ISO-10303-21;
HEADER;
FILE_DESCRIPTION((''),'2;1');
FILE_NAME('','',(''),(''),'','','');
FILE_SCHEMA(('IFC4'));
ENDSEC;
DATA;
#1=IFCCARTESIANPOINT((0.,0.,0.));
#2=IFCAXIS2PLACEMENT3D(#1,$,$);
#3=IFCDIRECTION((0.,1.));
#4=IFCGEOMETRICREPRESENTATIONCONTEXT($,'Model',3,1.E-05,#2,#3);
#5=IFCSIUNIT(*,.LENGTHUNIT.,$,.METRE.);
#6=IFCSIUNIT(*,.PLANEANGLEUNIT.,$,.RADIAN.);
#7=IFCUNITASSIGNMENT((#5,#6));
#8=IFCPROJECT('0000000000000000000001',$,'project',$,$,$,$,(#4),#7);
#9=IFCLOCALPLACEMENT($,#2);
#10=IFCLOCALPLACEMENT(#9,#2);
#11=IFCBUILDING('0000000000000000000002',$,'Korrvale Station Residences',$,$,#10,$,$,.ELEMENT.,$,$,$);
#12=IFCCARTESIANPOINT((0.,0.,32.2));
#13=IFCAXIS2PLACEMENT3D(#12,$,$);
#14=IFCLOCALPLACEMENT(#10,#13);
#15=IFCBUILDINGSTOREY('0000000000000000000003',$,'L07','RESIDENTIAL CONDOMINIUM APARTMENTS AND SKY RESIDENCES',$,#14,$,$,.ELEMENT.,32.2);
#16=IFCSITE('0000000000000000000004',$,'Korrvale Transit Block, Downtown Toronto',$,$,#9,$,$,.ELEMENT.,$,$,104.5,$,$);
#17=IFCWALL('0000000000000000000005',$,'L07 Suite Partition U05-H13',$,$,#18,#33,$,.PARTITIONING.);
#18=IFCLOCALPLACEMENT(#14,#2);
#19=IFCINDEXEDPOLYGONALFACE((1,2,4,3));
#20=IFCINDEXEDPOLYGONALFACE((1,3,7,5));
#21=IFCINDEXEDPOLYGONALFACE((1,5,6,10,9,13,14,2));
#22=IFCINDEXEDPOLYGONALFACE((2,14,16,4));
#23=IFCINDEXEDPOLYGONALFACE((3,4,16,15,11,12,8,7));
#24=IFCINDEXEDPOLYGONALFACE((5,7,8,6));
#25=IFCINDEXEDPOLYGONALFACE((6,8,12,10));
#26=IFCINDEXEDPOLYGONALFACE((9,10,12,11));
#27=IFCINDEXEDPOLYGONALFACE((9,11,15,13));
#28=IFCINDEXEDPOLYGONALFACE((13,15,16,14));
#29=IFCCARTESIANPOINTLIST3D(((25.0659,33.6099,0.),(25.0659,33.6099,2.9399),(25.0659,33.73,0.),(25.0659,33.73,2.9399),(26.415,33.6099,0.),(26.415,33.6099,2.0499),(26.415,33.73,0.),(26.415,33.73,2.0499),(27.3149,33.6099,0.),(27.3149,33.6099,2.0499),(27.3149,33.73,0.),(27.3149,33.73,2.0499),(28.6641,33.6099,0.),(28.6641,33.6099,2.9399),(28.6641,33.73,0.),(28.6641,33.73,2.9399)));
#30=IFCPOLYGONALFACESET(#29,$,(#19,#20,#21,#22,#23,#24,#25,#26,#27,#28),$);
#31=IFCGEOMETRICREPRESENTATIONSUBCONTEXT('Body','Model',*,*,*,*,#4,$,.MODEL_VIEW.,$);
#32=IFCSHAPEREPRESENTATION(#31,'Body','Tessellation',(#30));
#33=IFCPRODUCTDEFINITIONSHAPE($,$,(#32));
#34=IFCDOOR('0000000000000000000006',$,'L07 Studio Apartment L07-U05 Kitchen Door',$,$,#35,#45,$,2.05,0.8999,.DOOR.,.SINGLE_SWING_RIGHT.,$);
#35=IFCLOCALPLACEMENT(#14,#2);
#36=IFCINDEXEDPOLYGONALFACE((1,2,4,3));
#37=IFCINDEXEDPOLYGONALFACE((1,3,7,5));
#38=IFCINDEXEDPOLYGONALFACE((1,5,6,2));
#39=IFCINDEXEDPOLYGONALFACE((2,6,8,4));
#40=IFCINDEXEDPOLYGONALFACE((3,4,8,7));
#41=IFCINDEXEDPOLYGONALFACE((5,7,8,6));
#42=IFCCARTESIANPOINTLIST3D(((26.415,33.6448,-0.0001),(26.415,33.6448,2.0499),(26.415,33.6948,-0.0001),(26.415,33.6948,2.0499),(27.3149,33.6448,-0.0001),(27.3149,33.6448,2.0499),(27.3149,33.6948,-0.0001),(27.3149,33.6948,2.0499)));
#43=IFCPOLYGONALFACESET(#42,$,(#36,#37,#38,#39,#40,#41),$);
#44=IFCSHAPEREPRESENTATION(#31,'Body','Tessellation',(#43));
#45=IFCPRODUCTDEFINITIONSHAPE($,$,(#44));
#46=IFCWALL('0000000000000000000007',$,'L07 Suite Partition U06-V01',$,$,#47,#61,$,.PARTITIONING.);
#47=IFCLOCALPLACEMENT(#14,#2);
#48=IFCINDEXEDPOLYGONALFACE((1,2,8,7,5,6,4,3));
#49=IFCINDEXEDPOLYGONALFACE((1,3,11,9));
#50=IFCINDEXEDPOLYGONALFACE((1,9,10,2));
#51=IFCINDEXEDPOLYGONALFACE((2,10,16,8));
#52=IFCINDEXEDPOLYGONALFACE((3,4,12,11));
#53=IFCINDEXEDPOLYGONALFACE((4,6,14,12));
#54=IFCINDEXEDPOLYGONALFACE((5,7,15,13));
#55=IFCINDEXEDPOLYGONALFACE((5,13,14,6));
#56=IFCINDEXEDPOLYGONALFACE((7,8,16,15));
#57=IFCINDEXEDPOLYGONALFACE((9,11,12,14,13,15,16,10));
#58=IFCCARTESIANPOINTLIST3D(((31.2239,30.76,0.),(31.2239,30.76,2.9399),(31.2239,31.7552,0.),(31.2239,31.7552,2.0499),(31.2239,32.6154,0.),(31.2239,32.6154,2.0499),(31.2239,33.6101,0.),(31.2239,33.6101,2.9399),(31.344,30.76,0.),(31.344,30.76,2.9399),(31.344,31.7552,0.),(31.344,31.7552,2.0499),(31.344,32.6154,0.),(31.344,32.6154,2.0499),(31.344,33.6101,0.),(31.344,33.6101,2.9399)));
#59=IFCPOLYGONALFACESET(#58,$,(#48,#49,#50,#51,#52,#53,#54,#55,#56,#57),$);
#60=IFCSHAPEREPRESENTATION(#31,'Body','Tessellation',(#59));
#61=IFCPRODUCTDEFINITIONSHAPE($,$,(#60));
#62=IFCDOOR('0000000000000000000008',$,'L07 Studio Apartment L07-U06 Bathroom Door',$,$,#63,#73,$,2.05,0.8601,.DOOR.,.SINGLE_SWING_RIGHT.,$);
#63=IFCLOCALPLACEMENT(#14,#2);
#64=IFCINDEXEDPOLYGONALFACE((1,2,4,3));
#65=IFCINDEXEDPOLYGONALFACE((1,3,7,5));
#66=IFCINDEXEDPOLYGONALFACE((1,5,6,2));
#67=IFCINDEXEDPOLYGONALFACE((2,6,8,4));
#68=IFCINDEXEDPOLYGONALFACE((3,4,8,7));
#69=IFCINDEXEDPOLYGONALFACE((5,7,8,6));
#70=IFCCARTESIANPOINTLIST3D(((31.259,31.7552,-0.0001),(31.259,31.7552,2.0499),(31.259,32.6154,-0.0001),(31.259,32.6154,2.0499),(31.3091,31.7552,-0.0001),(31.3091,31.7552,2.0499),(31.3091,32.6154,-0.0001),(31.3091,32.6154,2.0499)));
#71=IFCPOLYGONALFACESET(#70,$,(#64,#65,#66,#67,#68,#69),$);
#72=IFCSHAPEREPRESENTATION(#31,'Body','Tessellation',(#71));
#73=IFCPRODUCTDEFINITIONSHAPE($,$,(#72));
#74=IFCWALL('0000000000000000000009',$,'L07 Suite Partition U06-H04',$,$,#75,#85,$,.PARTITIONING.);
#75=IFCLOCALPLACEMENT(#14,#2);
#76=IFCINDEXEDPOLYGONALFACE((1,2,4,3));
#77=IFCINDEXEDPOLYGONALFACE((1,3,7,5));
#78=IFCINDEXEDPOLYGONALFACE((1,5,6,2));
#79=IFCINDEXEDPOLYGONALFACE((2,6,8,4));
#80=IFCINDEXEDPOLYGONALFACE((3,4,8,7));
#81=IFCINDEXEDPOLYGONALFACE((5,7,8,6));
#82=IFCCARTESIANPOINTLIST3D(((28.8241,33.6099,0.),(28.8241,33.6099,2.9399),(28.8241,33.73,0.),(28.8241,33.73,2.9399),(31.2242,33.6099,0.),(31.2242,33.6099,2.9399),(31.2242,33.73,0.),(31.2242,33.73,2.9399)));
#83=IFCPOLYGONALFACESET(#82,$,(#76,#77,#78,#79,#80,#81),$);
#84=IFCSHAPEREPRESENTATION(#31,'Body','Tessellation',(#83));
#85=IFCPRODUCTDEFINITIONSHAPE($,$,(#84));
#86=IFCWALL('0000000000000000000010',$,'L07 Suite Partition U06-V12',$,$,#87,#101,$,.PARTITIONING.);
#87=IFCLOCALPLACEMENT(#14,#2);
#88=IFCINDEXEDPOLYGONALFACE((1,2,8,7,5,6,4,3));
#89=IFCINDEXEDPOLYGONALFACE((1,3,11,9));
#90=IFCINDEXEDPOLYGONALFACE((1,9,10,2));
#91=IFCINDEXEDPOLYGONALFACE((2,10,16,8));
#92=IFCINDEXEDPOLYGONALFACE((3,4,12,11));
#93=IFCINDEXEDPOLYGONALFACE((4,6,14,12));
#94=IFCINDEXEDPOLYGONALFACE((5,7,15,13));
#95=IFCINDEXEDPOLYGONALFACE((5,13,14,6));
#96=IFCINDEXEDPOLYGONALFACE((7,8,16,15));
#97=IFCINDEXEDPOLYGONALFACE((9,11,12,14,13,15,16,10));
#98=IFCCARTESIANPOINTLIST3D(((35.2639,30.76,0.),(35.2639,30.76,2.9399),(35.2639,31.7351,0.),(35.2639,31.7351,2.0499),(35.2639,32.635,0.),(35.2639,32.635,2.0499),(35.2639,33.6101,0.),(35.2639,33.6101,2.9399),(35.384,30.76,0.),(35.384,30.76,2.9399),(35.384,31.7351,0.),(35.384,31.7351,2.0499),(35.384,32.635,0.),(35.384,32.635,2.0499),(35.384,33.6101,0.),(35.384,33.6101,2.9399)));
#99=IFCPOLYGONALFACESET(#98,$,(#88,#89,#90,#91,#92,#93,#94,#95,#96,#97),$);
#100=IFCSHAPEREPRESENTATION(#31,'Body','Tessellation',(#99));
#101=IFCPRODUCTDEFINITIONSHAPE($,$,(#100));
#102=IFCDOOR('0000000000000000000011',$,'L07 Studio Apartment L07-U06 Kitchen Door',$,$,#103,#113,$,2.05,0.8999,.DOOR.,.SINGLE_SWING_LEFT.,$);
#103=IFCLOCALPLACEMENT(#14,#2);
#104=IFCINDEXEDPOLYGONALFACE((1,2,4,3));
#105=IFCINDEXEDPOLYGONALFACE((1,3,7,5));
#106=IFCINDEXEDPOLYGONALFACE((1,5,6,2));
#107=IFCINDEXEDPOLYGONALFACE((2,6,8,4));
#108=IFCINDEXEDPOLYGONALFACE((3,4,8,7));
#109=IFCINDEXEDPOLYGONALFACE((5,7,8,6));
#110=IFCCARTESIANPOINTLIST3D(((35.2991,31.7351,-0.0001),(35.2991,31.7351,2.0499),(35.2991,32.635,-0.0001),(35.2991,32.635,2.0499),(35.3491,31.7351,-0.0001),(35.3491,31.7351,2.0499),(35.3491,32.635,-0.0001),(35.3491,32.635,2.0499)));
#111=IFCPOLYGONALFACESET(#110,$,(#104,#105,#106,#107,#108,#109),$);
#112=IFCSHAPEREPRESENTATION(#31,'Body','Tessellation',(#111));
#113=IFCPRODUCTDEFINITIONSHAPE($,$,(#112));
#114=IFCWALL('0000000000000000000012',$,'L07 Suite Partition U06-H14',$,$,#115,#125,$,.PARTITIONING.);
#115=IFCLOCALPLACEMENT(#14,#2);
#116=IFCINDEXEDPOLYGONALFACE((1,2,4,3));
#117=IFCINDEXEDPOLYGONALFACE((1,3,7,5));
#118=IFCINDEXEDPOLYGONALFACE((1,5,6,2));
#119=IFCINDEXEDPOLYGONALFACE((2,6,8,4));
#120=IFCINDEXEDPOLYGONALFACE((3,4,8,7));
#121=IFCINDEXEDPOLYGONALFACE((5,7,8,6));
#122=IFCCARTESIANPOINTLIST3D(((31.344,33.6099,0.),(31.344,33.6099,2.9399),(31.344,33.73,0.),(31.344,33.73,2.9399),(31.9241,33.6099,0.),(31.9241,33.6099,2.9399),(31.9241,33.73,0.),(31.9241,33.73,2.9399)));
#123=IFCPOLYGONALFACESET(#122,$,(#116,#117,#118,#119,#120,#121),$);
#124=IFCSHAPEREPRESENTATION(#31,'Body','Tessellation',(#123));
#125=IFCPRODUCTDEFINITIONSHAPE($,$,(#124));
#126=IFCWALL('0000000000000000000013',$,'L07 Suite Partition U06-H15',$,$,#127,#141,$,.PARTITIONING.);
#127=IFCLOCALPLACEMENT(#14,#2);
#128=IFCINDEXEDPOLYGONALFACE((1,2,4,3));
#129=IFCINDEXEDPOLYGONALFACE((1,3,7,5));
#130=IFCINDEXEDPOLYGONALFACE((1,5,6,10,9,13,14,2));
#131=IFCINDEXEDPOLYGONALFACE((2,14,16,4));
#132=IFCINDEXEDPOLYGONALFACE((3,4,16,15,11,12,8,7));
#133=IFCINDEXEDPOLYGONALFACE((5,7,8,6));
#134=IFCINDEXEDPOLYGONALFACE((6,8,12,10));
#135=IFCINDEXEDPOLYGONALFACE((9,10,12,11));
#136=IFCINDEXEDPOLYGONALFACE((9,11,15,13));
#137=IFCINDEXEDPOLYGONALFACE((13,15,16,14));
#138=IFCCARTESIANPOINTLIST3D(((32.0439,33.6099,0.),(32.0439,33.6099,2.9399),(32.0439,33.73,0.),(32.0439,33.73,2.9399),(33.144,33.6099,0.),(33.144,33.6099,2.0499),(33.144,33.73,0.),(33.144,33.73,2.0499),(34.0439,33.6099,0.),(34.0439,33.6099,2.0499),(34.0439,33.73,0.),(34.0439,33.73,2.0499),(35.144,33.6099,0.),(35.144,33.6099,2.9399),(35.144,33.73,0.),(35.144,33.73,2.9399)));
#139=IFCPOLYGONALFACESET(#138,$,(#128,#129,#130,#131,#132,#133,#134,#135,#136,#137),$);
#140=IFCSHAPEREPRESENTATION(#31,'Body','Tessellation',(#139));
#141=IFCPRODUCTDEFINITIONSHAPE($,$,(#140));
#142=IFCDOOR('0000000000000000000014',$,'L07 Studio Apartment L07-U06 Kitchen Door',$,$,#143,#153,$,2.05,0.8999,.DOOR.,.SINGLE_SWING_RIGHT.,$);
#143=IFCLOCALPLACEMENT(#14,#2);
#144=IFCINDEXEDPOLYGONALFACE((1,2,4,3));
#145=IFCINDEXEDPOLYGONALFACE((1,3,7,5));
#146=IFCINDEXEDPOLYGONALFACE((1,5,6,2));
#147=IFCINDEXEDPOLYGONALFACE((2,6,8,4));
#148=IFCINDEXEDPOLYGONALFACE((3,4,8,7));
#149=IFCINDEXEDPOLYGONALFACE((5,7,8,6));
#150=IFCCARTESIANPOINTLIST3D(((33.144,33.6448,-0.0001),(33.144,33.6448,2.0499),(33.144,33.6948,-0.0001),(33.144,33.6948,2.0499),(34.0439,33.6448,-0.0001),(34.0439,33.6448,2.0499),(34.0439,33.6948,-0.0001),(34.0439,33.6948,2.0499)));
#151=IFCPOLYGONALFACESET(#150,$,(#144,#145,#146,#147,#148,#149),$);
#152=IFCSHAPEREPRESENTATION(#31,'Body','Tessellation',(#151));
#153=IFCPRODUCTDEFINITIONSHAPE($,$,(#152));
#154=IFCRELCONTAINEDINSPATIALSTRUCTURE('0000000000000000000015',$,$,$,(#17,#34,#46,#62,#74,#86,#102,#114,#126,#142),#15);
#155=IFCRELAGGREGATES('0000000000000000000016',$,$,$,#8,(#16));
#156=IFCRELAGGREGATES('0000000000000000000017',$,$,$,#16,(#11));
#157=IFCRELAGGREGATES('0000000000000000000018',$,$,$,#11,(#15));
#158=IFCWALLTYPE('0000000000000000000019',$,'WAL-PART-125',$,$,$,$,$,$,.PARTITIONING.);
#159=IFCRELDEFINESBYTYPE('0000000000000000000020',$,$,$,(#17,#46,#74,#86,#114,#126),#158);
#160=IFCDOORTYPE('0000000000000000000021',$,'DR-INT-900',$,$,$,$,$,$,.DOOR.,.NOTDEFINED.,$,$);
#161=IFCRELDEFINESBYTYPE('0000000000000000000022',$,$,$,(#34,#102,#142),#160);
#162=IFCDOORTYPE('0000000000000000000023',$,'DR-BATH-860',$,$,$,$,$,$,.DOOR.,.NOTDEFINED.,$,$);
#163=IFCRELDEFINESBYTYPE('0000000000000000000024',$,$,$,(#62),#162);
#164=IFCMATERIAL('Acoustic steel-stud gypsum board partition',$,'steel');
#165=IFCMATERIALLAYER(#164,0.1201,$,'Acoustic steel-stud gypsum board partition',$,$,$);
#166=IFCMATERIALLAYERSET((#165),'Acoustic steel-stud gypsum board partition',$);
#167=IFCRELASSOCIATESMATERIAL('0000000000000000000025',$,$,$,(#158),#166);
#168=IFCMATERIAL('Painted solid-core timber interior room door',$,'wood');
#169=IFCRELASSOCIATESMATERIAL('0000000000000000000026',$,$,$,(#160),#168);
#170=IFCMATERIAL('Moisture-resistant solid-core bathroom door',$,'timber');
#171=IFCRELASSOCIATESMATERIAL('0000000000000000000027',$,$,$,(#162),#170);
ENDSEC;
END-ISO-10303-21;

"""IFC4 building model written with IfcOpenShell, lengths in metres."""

from ifc_helpers import new_model, si_unit, direction, frame, frame_2d, origin, place, context, subcontext, project, spatial, rectangle, extrude, material, layer, layer_set, type_object, element, fill, save


model = new_model("IFC4")

# Units and contexts
model_context = context("Model", 3, precision=1e-05, world=origin(), true_north=direction((0.0, 1.0)))
body_context = subcontext(model_context, "Body", "Model", "MODEL_VIEW")
ifc_project = project(units=[si_unit("LENGTHUNIT", "METRE"), si_unit("PLANEANGLEUNIT", "RADIAN")], contexts=[model_context])

# Site, building, storey
site_placement = place(None, origin())
site = spatial("IfcSite", under=ifc_project, at=site_placement, Name="Korrvale Transit Block, Downtown Toronto", CompositionType="ELEMENT", RefElevation=104.5)
building_placement = place(site_placement, origin())
building = spatial("IfcBuilding", under=site, at=building_placement, Name="Korrvale Station Residences", CompositionType="ELEMENT")
storey_placement = place(building_placement, frame((0.0, 0.0, 32.2)))
storey = spatial("IfcBuildingStorey", under=building, at=storey_placement, Name="L07", Description="RESIDENTIAL CONDOMINIUM APARTMENTS AND SKY RESIDENCES", CompositionType="ELEMENT", Elevation=32.2)

# Walls, openings, doors
ifc_material_1 = material(Name="Acoustic steel-stud gypsum board partition", Category="steel")
ifc_layer_1 = layer(ifc_material_1, 0.1201, Name="Acoustic steel-stud gypsum board partition")
ifc_layer_set_1 = layer_set([ifc_layer_1], Name="Acoustic steel-stud gypsum board partition")
wall_type_1 = type_object("IfcWallType", Name="WAL-PART-125", PredefinedType="PARTITIONING", material=ifc_layer_set_1)
wall_1_placement = place(storey_placement, frame((25.0659, 33.6699, 0.0), z_axis=(0.0, 0.0, 1.0), x_axis=(1.0, 0.0, 0.0)))
wall_1 = element("IfcWall", 1, at=wall_1_placement, inside=storey, type_object=wall_type_1, Name="L07 Suite Partition U05-H13", PredefinedType="PARTITIONING", context=body_context, shape_type="SweptSolid", body=[
    extrude(rectangle(XDim=3.5981, YDim=0.1201, at=frame_2d((1.7991, 0.0))), origin(), (0.0, 0.0, 1.0), 2.9399),
])
opening_1_placement = place(wall_1_placement, frame((1.3491, 0.0, 0.0)))
opening_1 = element("IfcOpeningElement", 2, at=opening_1_placement, cuts=wall_1, PredefinedType="OPENING", context=body_context, shape_type="SweptSolid", body=[
    extrude(rectangle(XDim=0.8999, YDim=2.05, at=frame_2d((0.45, 1.0249))), frame((0.0, 0.0701, 0.0), z_axis=(0.0, -1.0, 0.0), x_axis=(1.0, 0.0, 0.0)), (0.0, 0.0, 1.0), 0.1401),
])
ifc_material_2 = material(Name="Painted solid-core timber interior room door", Category="wood")
door_type_1 = type_object("IfcDoorType", Name="DR-INT-900", OperationType="NOTDEFINED", PredefinedType="DOOR", material=ifc_material_2)
door_1_placement = place(opening_1_placement, origin())
door_1 = element("IfcDoor", 3, at=door_1_placement, inside=storey, type_object=door_type_1, Name="L07 Studio Apartment L07-U05 Kitchen Door", OperationType="SINGLE_SWING_RIGHT", OverallHeight=2.05, OverallWidth=0.8999, PredefinedType="DOOR", context=body_context, shape_type="SweptSolid", body=[
    extrude(rectangle(XDim=0.8999, YDim=2.05, at=frame_2d((0.45, 1.0249))), frame((0.0, 0.0249, 0.0), z_axis=(0.0, -1.0, 0.0), x_axis=(1.0, 0.0, 0.0)), (0.0, 0.0, 1.0), 0.05),
])
fill(opening_1, door_1)
wall_2_placement = place(storey_placement, frame((31.2839, 30.76, 0.0), z_axis=(0.0, 0.0, 1.0), x_axis=(0.0, 1.0, 0.0)))
wall_2 = element("IfcWall", 4, at=wall_2_placement, inside=storey, type_object=wall_type_1, Name="L07 Suite Partition U06-V01", PredefinedType="PARTITIONING", context=body_context, shape_type="SweptSolid", body=[
    extrude(rectangle(XDim=2.8501, YDim=0.1201, at=frame_2d((1.425, 0.0))), origin(), (0.0, 0.0, 1.0), 2.9399),
])
opening_2_placement = place(wall_2_placement, frame((0.9951, 0.0, 0.0)))
opening_2 = element("IfcOpeningElement", 5, at=opening_2_placement, cuts=wall_2, PredefinedType="OPENING", context=body_context, shape_type="SweptSolid", body=[
    extrude(rectangle(XDim=0.8601, YDim=2.05, at=frame_2d((0.4302, 1.0249))), frame((0.0, 0.0701, 0.0), z_axis=(0.0, -1.0, 0.0), x_axis=(1.0, 0.0, 0.0)), (0.0, 0.0, 1.0), 0.1401),
])
ifc_material_3 = material(Name="Moisture-resistant solid-core bathroom door", Category="timber")
door_type_2 = type_object("IfcDoorType", Name="DR-BATH-860", OperationType="NOTDEFINED", PredefinedType="DOOR", material=ifc_material_3)
door_2_placement = place(opening_2_placement, origin())
door_2 = element("IfcDoor", 6, at=door_2_placement, inside=storey, type_object=door_type_2, Name="L07 Studio Apartment L07-U06 Bathroom Door", OperationType="SINGLE_SWING_RIGHT", OverallHeight=2.05, OverallWidth=0.8601, PredefinedType="DOOR", context=body_context, shape_type="SweptSolid", body=[
    extrude(rectangle(XDim=0.8601, YDim=2.05, at=frame_2d((0.4302, 1.0249))), frame((0.0, 0.0249, 0.0), z_axis=(0.0, -1.0, 0.0), x_axis=(1.0, 0.0, 0.0)), (0.0, 0.0, 1.0), 0.05),
])
fill(opening_2, door_2)

# Wall
wall_3_placement = place(storey_placement, frame((28.824, 33.6699, 0.0), z_axis=(0.0, 0.0, 1.0), x_axis=(1.0, 0.0, 0.0)))
element("IfcWall", 7, at=wall_3_placement, inside=storey, type_object=wall_type_1, Name="L07 Suite Partition U06-H04", PredefinedType="PARTITIONING", context=body_context, shape_type="SweptSolid", body=[
    extrude(rectangle(XDim=2.4001, YDim=0.1201, at=frame_2d((1.2002, 0.0))), origin(), (0.0, 0.0, 1.0), 2.9399),
])

# Wall, opening, door
wall_4_placement = place(storey_placement, frame((35.324, 30.76, 0.0), z_axis=(0.0, 0.0, 1.0), x_axis=(0.0, 1.0, 0.0)))
wall_4 = element("IfcWall", 8, at=wall_4_placement, inside=storey, type_object=wall_type_1, Name="L07 Suite Partition U06-V12", PredefinedType="PARTITIONING", context=body_context, shape_type="SweptSolid", body=[
    extrude(rectangle(XDim=2.8501, YDim=0.1201, at=frame_2d((1.425, 0.0))), origin(), (0.0, 0.0, 1.0), 2.9399),
])
opening_3_placement = place(wall_4_placement, frame((0.9751, 0.0, 0.0)))
opening_3 = element("IfcOpeningElement", 9, at=opening_3_placement, cuts=wall_4, PredefinedType="OPENING", context=body_context, shape_type="SweptSolid", body=[
    extrude(rectangle(XDim=0.8999, YDim=2.05, at=frame_2d((0.45, 1.0249))), frame((0.0, 0.0701, 0.0), z_axis=(0.0, -1.0, 0.0), x_axis=(1.0, 0.0, 0.0)), (0.0, 0.0, 1.0), 0.1401),
])
door_3_placement = place(opening_3_placement, origin())
door_3 = element("IfcDoor", 10, at=door_3_placement, inside=storey, type_object=door_type_1, Name="L07 Studio Apartment L07-U06 Kitchen Door", OperationType="SINGLE_SWING_LEFT", OverallHeight=2.05, OverallWidth=0.8999, PredefinedType="DOOR", context=body_context, shape_type="SweptSolid", body=[
    extrude(rectangle(XDim=0.8999, YDim=2.05, at=frame_2d((0.45, 1.0249))), frame((0.0, 0.0249, 0.0), z_axis=(0.0, -1.0, 0.0), x_axis=(1.0, 0.0, 0.0)), (0.0, 0.0, 1.0), 0.05),
])
fill(opening_3, door_3)

# Wall
wall_5_placement = place(storey_placement, frame((31.344, 33.6699, 0.0), z_axis=(0.0, 0.0, 1.0), x_axis=(1.0, 0.0, 0.0)))
element("IfcWall", 11, at=wall_5_placement, inside=storey, type_object=wall_type_1, Name="L07 Suite Partition U06-H14", PredefinedType="PARTITIONING", context=body_context, shape_type="SweptSolid", body=[
    extrude(rectangle(XDim=0.5801, YDim=0.1201, at=frame_2d((0.29, 0.0))), origin(), (0.0, 0.0, 1.0), 2.9399),
])

# Wall, opening, door
wall_6_placement = place(storey_placement, frame((32.0439, 33.6699, 0.0), z_axis=(0.0, 0.0, 1.0), x_axis=(1.0, 0.0, 0.0)))
wall_6 = element("IfcWall", 12, at=wall_6_placement, inside=storey, type_object=wall_type_1, Name="L07 Suite Partition U06-H15", PredefinedType="PARTITIONING", context=body_context, shape_type="SweptSolid", body=[
    extrude(rectangle(XDim=3.1001, YDim=0.1201, at=frame_2d((1.55, 0.0))), origin(), (0.0, 0.0, 1.0), 2.9399),
])
opening_4_placement = place(wall_6_placement, frame((1.1001, 0.0, 0.0)))
opening_4 = element("IfcOpeningElement", 13, at=opening_4_placement, cuts=wall_6, PredefinedType="OPENING", context=body_context, shape_type="SweptSolid", body=[
    extrude(rectangle(XDim=0.8999, YDim=2.05, at=frame_2d((0.45, 1.0249))), frame((0.0, 0.0701, 0.0), z_axis=(0.0, -1.0, 0.0), x_axis=(1.0, 0.0, 0.0)), (0.0, 0.0, 1.0), 0.1401),
])
door_4_placement = place(opening_4_placement, origin())
door_4 = element("IfcDoor", 14, at=door_4_placement, inside=storey, type_object=door_type_1, Name="L07 Studio Apartment L07-U06 Kitchen Door", OperationType="SINGLE_SWING_RIGHT", OverallHeight=2.05, OverallWidth=0.8999, PredefinedType="DOOR", context=body_context, shape_type="SweptSolid", body=[
    extrude(rectangle(XDim=0.8999, YDim=2.05, at=frame_2d((0.45, 1.0249))), frame((0.0, 0.0249, 0.0), z_axis=(0.0, -1.0, 0.0), x_axis=(1.0, 0.0, 0.0)), (0.0, 0.0, 1.0), 0.05),
])
fill(opening_4, door_4)

save(model, "model.ifc")
